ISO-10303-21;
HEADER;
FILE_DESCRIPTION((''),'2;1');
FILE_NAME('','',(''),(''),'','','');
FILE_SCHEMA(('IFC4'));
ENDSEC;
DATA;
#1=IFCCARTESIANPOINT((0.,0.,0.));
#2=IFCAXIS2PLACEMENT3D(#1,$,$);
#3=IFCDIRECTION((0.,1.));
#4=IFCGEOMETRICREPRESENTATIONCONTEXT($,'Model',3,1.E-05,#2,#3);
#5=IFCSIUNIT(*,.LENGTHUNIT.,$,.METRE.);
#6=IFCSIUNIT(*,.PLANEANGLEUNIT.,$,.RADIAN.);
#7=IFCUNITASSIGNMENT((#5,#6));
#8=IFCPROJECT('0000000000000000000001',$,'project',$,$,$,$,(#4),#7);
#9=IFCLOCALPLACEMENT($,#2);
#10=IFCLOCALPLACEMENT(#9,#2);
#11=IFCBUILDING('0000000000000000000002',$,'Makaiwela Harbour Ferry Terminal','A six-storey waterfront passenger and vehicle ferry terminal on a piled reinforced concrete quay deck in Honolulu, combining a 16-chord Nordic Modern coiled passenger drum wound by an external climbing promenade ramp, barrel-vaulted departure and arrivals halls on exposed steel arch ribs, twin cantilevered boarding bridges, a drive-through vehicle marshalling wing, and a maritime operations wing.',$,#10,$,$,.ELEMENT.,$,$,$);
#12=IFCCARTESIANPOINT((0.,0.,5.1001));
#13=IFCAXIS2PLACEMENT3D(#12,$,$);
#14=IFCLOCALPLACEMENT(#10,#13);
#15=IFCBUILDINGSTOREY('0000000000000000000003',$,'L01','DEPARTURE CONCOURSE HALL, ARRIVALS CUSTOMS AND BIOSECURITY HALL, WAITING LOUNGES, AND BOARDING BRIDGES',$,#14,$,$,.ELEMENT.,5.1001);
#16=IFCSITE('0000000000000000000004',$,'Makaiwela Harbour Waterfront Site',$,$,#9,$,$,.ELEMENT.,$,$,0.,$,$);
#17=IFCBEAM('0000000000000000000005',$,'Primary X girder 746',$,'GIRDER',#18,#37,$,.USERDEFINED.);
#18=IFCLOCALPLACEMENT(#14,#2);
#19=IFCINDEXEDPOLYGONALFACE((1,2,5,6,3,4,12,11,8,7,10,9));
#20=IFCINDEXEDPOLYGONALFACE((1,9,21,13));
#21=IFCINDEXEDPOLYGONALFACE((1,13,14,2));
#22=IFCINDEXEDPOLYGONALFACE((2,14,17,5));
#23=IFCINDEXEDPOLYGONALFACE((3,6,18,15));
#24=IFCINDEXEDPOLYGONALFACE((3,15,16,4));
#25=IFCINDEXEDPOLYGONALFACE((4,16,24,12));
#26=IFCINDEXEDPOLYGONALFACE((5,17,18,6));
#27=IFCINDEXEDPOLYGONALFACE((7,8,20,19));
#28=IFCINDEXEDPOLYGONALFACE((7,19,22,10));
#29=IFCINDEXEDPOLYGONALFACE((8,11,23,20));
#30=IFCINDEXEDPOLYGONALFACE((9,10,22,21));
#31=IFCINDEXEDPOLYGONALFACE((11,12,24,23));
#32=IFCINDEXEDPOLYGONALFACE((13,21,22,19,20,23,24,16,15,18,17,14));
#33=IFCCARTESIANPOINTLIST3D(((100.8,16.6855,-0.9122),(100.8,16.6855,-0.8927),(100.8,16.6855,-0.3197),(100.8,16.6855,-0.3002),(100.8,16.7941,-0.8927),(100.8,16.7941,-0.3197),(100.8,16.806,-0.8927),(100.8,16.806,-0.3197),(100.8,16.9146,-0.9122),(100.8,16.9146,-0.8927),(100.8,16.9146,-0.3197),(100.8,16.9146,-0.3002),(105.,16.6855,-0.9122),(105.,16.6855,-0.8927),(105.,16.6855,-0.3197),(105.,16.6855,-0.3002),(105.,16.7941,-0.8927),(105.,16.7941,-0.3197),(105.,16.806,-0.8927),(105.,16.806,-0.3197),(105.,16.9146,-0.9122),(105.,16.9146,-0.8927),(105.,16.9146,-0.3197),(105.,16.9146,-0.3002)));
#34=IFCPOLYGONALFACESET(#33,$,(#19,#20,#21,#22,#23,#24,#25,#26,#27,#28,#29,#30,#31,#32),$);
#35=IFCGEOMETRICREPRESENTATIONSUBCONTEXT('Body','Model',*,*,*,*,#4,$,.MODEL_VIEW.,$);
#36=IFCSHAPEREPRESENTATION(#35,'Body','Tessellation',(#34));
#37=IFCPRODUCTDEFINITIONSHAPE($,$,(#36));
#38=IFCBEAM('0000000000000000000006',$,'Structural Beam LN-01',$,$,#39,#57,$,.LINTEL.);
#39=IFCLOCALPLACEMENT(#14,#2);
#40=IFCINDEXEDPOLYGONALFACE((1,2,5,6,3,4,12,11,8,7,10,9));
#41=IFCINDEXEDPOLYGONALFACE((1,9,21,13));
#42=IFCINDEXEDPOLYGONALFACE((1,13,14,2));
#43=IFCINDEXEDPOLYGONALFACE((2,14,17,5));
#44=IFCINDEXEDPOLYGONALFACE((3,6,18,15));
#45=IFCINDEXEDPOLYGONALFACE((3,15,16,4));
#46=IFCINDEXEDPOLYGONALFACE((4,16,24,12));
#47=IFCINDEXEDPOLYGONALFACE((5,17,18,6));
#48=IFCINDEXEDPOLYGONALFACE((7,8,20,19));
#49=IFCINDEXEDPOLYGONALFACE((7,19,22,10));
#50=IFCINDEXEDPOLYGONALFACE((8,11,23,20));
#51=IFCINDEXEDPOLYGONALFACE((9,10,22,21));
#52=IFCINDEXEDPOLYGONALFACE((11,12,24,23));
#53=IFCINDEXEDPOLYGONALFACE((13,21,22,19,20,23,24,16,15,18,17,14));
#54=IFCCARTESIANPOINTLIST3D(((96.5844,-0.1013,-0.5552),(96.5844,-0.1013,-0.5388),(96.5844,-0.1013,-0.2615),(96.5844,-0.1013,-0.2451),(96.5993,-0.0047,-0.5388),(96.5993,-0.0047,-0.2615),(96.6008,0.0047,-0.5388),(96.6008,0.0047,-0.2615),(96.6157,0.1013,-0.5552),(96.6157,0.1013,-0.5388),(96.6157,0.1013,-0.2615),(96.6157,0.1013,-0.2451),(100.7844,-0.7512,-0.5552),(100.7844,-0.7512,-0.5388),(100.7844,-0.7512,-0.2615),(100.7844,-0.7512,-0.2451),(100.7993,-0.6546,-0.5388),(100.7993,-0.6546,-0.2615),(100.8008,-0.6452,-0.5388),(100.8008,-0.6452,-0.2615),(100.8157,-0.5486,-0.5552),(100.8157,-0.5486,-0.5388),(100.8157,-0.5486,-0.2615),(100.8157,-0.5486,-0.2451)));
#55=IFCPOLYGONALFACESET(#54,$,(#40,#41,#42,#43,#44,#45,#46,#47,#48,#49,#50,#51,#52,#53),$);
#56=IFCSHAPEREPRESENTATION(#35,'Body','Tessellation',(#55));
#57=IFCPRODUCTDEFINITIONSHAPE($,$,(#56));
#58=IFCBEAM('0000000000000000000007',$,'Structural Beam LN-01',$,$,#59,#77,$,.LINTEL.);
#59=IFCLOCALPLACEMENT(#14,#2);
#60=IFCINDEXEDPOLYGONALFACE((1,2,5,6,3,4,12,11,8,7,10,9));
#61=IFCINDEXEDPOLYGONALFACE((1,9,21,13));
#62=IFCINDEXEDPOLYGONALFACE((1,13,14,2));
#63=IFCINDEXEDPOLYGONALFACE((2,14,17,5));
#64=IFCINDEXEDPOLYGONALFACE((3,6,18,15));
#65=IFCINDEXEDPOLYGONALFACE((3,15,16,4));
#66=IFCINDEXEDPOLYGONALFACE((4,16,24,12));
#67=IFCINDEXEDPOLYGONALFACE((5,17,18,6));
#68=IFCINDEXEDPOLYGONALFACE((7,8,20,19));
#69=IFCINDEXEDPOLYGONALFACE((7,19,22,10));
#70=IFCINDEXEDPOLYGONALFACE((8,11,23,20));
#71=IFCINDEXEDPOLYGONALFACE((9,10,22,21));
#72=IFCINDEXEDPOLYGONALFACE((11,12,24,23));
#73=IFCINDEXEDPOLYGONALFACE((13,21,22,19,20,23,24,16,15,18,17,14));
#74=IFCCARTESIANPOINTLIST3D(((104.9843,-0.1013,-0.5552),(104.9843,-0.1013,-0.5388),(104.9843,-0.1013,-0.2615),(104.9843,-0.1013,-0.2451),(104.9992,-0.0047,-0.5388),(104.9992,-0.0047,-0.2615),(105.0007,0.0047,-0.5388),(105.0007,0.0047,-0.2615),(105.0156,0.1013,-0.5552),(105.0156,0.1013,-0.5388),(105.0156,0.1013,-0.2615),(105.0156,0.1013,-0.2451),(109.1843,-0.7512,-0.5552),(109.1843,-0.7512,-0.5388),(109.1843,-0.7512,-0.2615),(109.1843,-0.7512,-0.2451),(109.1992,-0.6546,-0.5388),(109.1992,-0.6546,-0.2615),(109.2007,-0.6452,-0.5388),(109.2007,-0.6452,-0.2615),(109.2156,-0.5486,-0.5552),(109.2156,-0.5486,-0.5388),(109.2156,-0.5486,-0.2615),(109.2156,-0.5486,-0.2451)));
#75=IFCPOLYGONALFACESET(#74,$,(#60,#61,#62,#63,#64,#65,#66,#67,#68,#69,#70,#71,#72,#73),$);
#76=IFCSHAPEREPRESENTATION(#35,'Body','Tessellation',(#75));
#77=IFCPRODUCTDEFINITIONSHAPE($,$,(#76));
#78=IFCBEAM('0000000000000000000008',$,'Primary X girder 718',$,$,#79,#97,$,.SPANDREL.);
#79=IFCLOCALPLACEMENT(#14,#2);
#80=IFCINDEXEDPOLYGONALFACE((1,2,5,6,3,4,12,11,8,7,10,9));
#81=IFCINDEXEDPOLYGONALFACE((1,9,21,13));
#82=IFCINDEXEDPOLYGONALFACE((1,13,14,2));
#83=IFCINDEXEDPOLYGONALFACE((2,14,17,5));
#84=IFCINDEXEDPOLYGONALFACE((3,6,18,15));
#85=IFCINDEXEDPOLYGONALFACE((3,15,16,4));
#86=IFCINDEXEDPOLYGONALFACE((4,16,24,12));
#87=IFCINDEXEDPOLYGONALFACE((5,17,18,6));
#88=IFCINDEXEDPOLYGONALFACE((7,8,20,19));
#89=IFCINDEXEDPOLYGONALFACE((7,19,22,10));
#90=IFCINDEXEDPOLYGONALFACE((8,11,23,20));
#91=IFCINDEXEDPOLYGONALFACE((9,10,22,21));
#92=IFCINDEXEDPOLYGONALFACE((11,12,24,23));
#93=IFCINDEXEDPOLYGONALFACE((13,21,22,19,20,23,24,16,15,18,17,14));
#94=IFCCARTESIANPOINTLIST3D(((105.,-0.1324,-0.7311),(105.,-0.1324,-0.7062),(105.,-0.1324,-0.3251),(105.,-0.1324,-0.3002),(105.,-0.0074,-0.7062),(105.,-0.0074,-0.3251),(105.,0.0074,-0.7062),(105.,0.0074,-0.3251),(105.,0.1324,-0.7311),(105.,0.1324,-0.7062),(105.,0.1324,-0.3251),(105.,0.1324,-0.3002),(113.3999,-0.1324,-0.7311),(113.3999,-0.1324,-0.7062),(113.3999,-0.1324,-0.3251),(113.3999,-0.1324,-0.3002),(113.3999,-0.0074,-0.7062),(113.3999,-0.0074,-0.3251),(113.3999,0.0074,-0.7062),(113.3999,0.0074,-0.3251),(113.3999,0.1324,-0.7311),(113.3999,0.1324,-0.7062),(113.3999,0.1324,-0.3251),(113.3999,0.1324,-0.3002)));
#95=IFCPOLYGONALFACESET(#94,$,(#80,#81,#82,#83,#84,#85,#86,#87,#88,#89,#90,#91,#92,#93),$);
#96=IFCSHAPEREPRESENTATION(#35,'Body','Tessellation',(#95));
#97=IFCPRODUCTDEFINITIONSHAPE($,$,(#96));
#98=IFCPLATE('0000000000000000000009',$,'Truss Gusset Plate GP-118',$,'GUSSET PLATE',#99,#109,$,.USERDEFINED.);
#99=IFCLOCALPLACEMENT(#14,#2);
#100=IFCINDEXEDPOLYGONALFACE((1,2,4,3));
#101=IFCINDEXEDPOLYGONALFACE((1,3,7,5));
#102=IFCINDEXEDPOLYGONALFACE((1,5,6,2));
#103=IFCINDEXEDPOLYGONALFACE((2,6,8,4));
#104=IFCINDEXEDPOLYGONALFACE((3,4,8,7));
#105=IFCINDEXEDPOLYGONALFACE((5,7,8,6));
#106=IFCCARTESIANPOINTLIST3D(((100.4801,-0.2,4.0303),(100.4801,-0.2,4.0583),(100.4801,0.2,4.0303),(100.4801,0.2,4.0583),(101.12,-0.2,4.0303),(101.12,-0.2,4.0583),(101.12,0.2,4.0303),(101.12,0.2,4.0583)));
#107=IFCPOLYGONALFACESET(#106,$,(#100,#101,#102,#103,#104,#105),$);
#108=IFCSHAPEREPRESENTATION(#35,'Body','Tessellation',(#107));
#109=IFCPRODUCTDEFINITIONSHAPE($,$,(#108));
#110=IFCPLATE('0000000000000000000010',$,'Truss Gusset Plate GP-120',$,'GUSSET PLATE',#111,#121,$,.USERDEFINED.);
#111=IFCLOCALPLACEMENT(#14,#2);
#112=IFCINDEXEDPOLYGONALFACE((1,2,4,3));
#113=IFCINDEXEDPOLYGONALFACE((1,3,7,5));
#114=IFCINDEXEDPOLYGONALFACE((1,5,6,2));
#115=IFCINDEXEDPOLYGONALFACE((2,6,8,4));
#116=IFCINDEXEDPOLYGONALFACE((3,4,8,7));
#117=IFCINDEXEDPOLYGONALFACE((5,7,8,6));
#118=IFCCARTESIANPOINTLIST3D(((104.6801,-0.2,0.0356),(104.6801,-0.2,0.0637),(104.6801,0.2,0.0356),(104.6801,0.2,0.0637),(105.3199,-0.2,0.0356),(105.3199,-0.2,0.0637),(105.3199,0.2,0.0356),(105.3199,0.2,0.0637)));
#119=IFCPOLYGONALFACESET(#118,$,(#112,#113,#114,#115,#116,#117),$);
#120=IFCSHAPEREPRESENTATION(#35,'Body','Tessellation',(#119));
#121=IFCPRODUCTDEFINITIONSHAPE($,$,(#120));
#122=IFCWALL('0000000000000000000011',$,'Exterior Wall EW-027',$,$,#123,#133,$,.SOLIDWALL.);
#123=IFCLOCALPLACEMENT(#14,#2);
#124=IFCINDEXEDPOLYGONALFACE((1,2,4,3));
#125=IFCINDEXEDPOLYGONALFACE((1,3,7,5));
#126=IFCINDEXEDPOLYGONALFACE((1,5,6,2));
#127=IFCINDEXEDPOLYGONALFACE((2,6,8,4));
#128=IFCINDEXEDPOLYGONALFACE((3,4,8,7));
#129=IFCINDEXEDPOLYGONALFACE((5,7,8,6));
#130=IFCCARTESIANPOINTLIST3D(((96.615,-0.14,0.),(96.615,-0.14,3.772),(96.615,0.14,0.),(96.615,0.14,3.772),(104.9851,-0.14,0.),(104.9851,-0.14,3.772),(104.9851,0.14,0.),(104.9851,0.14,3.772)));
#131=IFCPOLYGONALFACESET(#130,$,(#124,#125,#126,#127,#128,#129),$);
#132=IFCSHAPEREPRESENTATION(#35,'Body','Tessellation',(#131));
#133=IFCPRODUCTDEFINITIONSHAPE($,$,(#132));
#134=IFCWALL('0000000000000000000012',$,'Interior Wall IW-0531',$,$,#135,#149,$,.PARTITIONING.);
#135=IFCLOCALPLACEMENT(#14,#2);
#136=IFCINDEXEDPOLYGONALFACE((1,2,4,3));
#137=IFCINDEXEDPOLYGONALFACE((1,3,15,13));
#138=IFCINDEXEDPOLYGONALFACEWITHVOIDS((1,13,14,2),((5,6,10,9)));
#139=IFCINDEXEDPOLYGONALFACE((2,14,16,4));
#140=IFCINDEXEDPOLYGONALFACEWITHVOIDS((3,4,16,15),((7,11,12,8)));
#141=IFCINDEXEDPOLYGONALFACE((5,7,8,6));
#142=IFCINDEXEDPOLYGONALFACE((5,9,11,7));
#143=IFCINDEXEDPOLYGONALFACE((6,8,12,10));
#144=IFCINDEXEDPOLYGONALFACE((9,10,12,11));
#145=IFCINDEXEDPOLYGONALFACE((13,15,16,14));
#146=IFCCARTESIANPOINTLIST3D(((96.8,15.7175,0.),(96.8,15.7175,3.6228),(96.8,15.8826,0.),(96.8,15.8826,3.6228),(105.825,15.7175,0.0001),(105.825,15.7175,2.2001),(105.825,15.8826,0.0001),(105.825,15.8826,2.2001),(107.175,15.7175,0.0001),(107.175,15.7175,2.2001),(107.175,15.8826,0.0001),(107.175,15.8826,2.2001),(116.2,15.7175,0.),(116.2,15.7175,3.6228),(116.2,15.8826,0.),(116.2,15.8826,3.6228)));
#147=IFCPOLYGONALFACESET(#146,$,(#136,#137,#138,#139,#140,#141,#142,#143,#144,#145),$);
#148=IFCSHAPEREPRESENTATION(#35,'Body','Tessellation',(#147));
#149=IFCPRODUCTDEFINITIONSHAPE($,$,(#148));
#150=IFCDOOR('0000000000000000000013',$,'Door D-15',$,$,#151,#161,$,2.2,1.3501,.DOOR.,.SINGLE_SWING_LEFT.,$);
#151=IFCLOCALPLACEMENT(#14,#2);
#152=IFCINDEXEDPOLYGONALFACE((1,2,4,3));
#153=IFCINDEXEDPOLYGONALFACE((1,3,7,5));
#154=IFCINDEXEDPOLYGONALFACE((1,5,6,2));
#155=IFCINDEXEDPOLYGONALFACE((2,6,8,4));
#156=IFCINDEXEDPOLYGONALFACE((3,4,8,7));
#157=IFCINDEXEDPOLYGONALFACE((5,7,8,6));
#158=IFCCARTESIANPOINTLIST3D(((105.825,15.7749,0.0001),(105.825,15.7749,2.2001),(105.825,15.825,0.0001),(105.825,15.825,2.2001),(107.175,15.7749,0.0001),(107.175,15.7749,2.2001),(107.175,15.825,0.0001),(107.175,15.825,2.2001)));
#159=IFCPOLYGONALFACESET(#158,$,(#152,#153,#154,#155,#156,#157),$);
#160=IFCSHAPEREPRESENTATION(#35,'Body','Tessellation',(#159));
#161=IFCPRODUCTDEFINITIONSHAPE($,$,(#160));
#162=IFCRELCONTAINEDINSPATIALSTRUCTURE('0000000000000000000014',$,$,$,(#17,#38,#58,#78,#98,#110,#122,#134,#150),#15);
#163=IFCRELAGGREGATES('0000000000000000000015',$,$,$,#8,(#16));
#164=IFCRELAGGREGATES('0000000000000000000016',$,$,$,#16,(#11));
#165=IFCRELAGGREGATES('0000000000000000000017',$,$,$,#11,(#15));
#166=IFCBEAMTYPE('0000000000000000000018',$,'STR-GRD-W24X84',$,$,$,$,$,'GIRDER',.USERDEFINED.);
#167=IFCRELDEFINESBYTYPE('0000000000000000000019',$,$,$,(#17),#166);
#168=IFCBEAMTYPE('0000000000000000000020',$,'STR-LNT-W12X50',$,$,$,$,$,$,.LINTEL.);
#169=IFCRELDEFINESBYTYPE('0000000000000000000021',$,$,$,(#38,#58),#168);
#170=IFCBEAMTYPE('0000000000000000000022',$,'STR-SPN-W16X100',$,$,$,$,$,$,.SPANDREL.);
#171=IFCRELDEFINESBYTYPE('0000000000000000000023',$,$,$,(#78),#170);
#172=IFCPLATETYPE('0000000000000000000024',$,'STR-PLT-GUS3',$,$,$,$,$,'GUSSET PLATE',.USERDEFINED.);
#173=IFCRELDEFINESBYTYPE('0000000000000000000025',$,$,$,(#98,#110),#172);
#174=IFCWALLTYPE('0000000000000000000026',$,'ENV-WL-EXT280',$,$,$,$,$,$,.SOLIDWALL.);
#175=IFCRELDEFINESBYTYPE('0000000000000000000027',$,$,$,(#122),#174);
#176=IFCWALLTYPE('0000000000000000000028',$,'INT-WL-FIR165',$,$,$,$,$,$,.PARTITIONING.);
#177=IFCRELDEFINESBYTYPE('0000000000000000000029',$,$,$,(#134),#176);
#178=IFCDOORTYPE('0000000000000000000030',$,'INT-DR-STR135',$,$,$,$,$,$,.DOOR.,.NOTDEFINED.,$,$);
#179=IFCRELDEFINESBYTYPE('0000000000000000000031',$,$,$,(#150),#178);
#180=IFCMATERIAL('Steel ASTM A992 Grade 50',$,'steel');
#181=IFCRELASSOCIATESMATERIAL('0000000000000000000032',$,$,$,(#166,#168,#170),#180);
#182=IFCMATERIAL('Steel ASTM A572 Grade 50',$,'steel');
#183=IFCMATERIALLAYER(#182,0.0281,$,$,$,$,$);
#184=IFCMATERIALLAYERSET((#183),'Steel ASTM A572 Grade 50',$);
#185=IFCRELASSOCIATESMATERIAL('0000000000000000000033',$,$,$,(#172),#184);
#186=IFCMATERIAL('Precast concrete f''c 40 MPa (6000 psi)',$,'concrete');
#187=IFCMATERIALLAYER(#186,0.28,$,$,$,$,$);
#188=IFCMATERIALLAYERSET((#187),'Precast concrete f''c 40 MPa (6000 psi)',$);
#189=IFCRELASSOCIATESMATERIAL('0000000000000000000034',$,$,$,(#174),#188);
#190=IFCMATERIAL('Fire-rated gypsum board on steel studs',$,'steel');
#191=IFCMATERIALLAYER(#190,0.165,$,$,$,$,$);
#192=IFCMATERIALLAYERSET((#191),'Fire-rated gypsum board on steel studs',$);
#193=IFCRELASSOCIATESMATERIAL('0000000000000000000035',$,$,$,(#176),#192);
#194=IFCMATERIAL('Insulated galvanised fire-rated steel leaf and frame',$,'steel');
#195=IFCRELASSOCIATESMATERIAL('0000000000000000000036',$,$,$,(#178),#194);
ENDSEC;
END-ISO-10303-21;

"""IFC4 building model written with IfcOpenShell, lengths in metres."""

from ifc_helpers import new_model, si_unit, direction, frame, frame_2d, origin, origin_2d, place, context, subcontext, project, spatial, rectangle, i_section, extrude, material, layer, layer_set, material_profile, profile_set, type_object, element, fill, save


model = new_model("IFC4")

# Units and contexts
model_context = context("Model", 3, precision=1e-05, world=origin(), true_north=direction((0.0, 1.0)))
body_context = subcontext(model_context, "Body", "Model", "MODEL_VIEW")
ifc_project = project(units=[si_unit("LENGTHUNIT", "METRE"), si_unit("PLANEANGLEUNIT", "RADIAN")], contexts=[model_context])

# Site, building, storey
site_placement = place(None, origin())
site = spatial("IfcSite", under=ifc_project, at=site_placement, Name="Makaiwela Harbour Waterfront Site", CompositionType="ELEMENT", RefElevation=0.0)
building_placement = place(site_placement, origin())
building = spatial("IfcBuilding", under=site, at=building_placement, Name="Makaiwela Harbour Ferry Terminal", Description="A six-storey waterfront passenger and vehicle ferry terminal on a piled reinforced concrete quay deck in Honolulu, combining a 16-chord Nordic Modern coiled passenger drum wound by an external climbing promenade ramp, barrel-vaulted departure and arrivals halls on exposed steel arch ribs, twin cantilevered boarding bridges, a drive-through vehicle marshalling wing, and a maritime operations wing.", CompositionType="ELEMENT")
storey_placement = place(building_placement, frame((0.0, 0.0, 5.1001)))
storey = spatial("IfcBuildingStorey", under=building, at=storey_placement, Name="L01", Description="DEPARTURE CONCOURSE HALL, ARRIVALS CUSTOMS AND BIOSECURITY HALL, WAITING LOUNGES, AND BOARDING BRIDGES", CompositionType="ELEMENT", Elevation=5.1001)

# Shared definitions
ifc_material_1 = material(Name="Steel ASTM A992 Grade 50", Category="steel")

# Beams
ifc_material_profile_1 = material_profile(ifc_material_1, i_section(OverallWidth=0.229, OverallDepth=0.6121, WebThickness=0.012, FlangeThickness=0.0195, at=origin_2d()), Name="W24X84")
ifc_profile_set_1 = profile_set([ifc_material_profile_1], Name="Steel ASTM A992 Grade 50")
beam_type_1 = type_object("IfcBeamType", Name="STR-GRD-W24X84", ElementType="GIRDER", PredefinedType="USERDEFINED", material=ifc_profile_set_1)
for number, where, z_axis, x_axis, name in (
    (1, (100.8, 16.8, -0.6062), (1.0, 0.0, 0.0), (0.0, 1.0, 0.0), "Primary X girder 746"),
):
    element("IfcBeam", number, at=place(storey_placement, frame(where, z_axis=z_axis, x_axis=x_axis)), inside=storey, type_object=beam_type_1, Name=name, ObjectType="GIRDER", PredefinedType="USERDEFINED", context=body_context, shape_type="SweptSolid", body=[
        extrude(i_section(OverallWidth=0.229, OverallDepth=0.6121, WebThickness=0.012, FlangeThickness=0.0195, at=origin_2d()), origin(), (0.0, 0.0, 1.0), 4.2),
    ])
ifc_material_profile_2 = material_profile(ifc_material_1, i_section(OverallWidth=0.2051, OverallDepth=0.3101, WebThickness=0.0095, FlangeThickness=0.0164, at=origin_2d()), Name="W12X50")
ifc_profile_set_2 = profile_set([ifc_material_profile_2], Name="Steel ASTM A992 Grade 50")
beam_type_2 = type_object("IfcBeamType", Name="STR-LNT-W12X50", PredefinedType="LINTEL", material=ifc_profile_set_2)
for number, where, z_axis, x_axis, name in (
    (2, (100.8, -0.6499, -0.4001), (-0.988238, 0.15292, 0.0), (-0.15292, -0.988238, 0.0), "Structural Beam LN-01"),
    (3, (109.2, -0.6499, -0.4001), (-0.988238, 0.15292, 0.0), (-0.15292, -0.988238, 0.0), "Structural Beam LN-01"),
):
    element("IfcBeam", number, at=place(storey_placement, frame(where, z_axis=z_axis, x_axis=x_axis)), inside=storey, type_object=beam_type_2, Name=name, PredefinedType="LINTEL", context=body_context, shape_type="SweptSolid", body=[
        extrude(i_section(OverallWidth=0.2051, OverallDepth=0.3101, WebThickness=0.0095, FlangeThickness=0.0164, at=origin_2d()), origin(), (0.0, 0.0, 1.0), 4.25),
    ])
ifc_material_profile_3 = material_profile(ifc_material_1, i_section(OverallWidth=0.2649, OverallDepth=0.4309, WebThickness=0.0149, FlangeThickness=0.0249, at=origin_2d()), Name="W16X100")
ifc_profile_set_3 = profile_set([ifc_material_profile_3], Name="Steel ASTM A992 Grade 50")
beam_type_3 = type_object("IfcBeamType", Name="STR-SPN-W16X100", PredefinedType="SPANDREL", material=ifc_profile_set_3)
beam_1_placement = place(storey_placement, frame((105.0, 0.0, -0.5156), z_axis=(1.0, 0.0, 0.0), x_axis=(0.0, 1.0, 0.0)))
element("IfcBeam", 4, at=beam_1_placement, inside=storey, type_object=beam_type_3, Name="Primary X girder 718", PredefinedType="SPANDREL", context=body_context, shape_type="SweptSolid", body=[
    extrude(i_section(OverallWidth=0.2649, OverallDepth=0.4309, WebThickness=0.0149, FlangeThickness=0.0249, at=origin_2d()), origin(), (0.0, 0.0, 1.0), 8.3999),
])

# Plates
ifc_material_2 = material(Name="Steel ASTM A572 Grade 50", Category="steel")
ifc_layer_1 = layer(ifc_material_2, 0.0281)
ifc_layer_set_1 = layer_set([ifc_layer_1], Name="Steel ASTM A572 Grade 50")
plate_type = type_object("IfcPlateType", Name="STR-PLT-GUS3", ElementType="GUSSET PLATE", PredefinedType="USERDEFINED", material=ifc_layer_set_1)
for number, where, z_axis, x_axis, name in (
    (5, (100.8, 0.0, 4.0303), (0.0, 0.0, 1.0), (1.0, 0.0, 0.0), "Truss Gusset Plate GP-118"),
    (6, (105.0, 0.0, 0.0356), (0.0, 0.0, 1.0), (1.0, 0.0, 0.0), "Truss Gusset Plate GP-120"),
):
    element("IfcPlate", number, at=place(storey_placement, frame(where, z_axis=z_axis, x_axis=x_axis)), inside=storey, type_object=plate_type, Name=name, ObjectType="GUSSET PLATE", PredefinedType="USERDEFINED", context=body_context, shape_type="SweptSolid", body=[
        extrude(rectangle(XDim=0.6399, YDim=0.3999, at=origin_2d()), origin(), (0.0, 0.0, 1.0), 0.0281),
    ])

# Wall
ifc_material_3 = material(Name="Precast concrete f'c 40 MPa (6000 psi)", Category="concrete")
ifc_layer_2 = layer(ifc_material_3, 0.28)
ifc_layer_set_2 = layer_set([ifc_layer_2], Name="Precast concrete f'c 40 MPa (6000 psi)")
wall_type_1 = type_object("IfcWallType", Name="ENV-WL-EXT280", PredefinedType="SOLIDWALL", material=ifc_layer_set_2)
wall_1_placement = place(storey_placement, frame((104.9851, 0.0, 0.0), z_axis=(0.0, 0.0, 1.0), x_axis=(-1.0, 0.0, 0.0)))
element("IfcWall", 7, at=wall_1_placement, inside=storey, type_object=wall_type_1, Name="Exterior Wall EW-027", PredefinedType="SOLIDWALL", context=body_context, shape_type="SweptSolid", body=[
    extrude(rectangle(XDim=8.3701, YDim=0.28, at=frame_2d((4.1851, 0.0))), origin(), (0.0, 0.0, 1.0), 3.772),
])

# Wall, opening, door
ifc_material_4 = material(Name="Fire-rated gypsum board on steel studs", Category="steel")
ifc_layer_3 = layer(ifc_material_4, 0.165)
ifc_layer_set_3 = layer_set([ifc_layer_3], Name="Fire-rated gypsum board on steel studs")
wall_type_2 = type_object("IfcWallType", Name="INT-WL-FIR165", PredefinedType="PARTITIONING", material=ifc_layer_set_3)
wall_2_placement = place(storey_placement, frame((96.8, 15.8, 0.0), z_axis=(0.0, 0.0, 1.0), x_axis=(1.0, 0.0, 0.0)))
wall_2 = element("IfcWall", 8, at=wall_2_placement, inside=storey, type_object=wall_type_2, Name="Interior Wall IW-0531", PredefinedType="PARTITIONING", context=body_context, shape_type="SweptSolid", body=[
    extrude(rectangle(XDim=19.3999, YDim=0.165, at=frame_2d((9.7, 0.0))), origin(), (0.0, 0.0, 1.0), 3.6228),
])
opening_placement = place(wall_2_placement, frame((9.0249, 0.0, 0.0)))
opening = element("IfcOpeningElement", 9, at=opening_placement, cuts=wall_2, PredefinedType="OPENING", context=body_context, shape_type="SweptSolid", body=[
    extrude(rectangle(XDim=1.3501, YDim=2.2, at=frame_2d((0.675, 1.1001))), frame((0.0, 0.0925, 0.0), z_axis=(0.0, -1.0, 0.0), x_axis=(1.0, 0.0, 0.0)), (0.0, 0.0, 1.0), 0.1851),
])
ifc_material_5 = material(Name="Insulated galvanised fire-rated steel leaf and frame", Category="steel")
door_type = type_object("IfcDoorType", Name="INT-DR-STR135", OperationType="NOTDEFINED", PredefinedType="DOOR", material=ifc_material_5)
door_placement = place(opening_placement, origin())
door = element("IfcDoor", 10, at=door_placement, inside=storey, type_object=door_type, Name="Door D-15", OperationType="SINGLE_SWING_LEFT", OverallHeight=2.2, OverallWidth=1.3501, PredefinedType="DOOR", context=body_context, shape_type="SweptSolid", body=[
    extrude(rectangle(XDim=1.3501, YDim=2.2, at=frame_2d((0.675, 1.1001))), frame((0.0, 0.0249, 0.0), z_axis=(0.0, -1.0, 0.0), x_axis=(1.0, 0.0, 0.0)), (0.0, 0.0, 1.0), 0.05),
])
fill(opening, door)

save(model, "model.ifc")
